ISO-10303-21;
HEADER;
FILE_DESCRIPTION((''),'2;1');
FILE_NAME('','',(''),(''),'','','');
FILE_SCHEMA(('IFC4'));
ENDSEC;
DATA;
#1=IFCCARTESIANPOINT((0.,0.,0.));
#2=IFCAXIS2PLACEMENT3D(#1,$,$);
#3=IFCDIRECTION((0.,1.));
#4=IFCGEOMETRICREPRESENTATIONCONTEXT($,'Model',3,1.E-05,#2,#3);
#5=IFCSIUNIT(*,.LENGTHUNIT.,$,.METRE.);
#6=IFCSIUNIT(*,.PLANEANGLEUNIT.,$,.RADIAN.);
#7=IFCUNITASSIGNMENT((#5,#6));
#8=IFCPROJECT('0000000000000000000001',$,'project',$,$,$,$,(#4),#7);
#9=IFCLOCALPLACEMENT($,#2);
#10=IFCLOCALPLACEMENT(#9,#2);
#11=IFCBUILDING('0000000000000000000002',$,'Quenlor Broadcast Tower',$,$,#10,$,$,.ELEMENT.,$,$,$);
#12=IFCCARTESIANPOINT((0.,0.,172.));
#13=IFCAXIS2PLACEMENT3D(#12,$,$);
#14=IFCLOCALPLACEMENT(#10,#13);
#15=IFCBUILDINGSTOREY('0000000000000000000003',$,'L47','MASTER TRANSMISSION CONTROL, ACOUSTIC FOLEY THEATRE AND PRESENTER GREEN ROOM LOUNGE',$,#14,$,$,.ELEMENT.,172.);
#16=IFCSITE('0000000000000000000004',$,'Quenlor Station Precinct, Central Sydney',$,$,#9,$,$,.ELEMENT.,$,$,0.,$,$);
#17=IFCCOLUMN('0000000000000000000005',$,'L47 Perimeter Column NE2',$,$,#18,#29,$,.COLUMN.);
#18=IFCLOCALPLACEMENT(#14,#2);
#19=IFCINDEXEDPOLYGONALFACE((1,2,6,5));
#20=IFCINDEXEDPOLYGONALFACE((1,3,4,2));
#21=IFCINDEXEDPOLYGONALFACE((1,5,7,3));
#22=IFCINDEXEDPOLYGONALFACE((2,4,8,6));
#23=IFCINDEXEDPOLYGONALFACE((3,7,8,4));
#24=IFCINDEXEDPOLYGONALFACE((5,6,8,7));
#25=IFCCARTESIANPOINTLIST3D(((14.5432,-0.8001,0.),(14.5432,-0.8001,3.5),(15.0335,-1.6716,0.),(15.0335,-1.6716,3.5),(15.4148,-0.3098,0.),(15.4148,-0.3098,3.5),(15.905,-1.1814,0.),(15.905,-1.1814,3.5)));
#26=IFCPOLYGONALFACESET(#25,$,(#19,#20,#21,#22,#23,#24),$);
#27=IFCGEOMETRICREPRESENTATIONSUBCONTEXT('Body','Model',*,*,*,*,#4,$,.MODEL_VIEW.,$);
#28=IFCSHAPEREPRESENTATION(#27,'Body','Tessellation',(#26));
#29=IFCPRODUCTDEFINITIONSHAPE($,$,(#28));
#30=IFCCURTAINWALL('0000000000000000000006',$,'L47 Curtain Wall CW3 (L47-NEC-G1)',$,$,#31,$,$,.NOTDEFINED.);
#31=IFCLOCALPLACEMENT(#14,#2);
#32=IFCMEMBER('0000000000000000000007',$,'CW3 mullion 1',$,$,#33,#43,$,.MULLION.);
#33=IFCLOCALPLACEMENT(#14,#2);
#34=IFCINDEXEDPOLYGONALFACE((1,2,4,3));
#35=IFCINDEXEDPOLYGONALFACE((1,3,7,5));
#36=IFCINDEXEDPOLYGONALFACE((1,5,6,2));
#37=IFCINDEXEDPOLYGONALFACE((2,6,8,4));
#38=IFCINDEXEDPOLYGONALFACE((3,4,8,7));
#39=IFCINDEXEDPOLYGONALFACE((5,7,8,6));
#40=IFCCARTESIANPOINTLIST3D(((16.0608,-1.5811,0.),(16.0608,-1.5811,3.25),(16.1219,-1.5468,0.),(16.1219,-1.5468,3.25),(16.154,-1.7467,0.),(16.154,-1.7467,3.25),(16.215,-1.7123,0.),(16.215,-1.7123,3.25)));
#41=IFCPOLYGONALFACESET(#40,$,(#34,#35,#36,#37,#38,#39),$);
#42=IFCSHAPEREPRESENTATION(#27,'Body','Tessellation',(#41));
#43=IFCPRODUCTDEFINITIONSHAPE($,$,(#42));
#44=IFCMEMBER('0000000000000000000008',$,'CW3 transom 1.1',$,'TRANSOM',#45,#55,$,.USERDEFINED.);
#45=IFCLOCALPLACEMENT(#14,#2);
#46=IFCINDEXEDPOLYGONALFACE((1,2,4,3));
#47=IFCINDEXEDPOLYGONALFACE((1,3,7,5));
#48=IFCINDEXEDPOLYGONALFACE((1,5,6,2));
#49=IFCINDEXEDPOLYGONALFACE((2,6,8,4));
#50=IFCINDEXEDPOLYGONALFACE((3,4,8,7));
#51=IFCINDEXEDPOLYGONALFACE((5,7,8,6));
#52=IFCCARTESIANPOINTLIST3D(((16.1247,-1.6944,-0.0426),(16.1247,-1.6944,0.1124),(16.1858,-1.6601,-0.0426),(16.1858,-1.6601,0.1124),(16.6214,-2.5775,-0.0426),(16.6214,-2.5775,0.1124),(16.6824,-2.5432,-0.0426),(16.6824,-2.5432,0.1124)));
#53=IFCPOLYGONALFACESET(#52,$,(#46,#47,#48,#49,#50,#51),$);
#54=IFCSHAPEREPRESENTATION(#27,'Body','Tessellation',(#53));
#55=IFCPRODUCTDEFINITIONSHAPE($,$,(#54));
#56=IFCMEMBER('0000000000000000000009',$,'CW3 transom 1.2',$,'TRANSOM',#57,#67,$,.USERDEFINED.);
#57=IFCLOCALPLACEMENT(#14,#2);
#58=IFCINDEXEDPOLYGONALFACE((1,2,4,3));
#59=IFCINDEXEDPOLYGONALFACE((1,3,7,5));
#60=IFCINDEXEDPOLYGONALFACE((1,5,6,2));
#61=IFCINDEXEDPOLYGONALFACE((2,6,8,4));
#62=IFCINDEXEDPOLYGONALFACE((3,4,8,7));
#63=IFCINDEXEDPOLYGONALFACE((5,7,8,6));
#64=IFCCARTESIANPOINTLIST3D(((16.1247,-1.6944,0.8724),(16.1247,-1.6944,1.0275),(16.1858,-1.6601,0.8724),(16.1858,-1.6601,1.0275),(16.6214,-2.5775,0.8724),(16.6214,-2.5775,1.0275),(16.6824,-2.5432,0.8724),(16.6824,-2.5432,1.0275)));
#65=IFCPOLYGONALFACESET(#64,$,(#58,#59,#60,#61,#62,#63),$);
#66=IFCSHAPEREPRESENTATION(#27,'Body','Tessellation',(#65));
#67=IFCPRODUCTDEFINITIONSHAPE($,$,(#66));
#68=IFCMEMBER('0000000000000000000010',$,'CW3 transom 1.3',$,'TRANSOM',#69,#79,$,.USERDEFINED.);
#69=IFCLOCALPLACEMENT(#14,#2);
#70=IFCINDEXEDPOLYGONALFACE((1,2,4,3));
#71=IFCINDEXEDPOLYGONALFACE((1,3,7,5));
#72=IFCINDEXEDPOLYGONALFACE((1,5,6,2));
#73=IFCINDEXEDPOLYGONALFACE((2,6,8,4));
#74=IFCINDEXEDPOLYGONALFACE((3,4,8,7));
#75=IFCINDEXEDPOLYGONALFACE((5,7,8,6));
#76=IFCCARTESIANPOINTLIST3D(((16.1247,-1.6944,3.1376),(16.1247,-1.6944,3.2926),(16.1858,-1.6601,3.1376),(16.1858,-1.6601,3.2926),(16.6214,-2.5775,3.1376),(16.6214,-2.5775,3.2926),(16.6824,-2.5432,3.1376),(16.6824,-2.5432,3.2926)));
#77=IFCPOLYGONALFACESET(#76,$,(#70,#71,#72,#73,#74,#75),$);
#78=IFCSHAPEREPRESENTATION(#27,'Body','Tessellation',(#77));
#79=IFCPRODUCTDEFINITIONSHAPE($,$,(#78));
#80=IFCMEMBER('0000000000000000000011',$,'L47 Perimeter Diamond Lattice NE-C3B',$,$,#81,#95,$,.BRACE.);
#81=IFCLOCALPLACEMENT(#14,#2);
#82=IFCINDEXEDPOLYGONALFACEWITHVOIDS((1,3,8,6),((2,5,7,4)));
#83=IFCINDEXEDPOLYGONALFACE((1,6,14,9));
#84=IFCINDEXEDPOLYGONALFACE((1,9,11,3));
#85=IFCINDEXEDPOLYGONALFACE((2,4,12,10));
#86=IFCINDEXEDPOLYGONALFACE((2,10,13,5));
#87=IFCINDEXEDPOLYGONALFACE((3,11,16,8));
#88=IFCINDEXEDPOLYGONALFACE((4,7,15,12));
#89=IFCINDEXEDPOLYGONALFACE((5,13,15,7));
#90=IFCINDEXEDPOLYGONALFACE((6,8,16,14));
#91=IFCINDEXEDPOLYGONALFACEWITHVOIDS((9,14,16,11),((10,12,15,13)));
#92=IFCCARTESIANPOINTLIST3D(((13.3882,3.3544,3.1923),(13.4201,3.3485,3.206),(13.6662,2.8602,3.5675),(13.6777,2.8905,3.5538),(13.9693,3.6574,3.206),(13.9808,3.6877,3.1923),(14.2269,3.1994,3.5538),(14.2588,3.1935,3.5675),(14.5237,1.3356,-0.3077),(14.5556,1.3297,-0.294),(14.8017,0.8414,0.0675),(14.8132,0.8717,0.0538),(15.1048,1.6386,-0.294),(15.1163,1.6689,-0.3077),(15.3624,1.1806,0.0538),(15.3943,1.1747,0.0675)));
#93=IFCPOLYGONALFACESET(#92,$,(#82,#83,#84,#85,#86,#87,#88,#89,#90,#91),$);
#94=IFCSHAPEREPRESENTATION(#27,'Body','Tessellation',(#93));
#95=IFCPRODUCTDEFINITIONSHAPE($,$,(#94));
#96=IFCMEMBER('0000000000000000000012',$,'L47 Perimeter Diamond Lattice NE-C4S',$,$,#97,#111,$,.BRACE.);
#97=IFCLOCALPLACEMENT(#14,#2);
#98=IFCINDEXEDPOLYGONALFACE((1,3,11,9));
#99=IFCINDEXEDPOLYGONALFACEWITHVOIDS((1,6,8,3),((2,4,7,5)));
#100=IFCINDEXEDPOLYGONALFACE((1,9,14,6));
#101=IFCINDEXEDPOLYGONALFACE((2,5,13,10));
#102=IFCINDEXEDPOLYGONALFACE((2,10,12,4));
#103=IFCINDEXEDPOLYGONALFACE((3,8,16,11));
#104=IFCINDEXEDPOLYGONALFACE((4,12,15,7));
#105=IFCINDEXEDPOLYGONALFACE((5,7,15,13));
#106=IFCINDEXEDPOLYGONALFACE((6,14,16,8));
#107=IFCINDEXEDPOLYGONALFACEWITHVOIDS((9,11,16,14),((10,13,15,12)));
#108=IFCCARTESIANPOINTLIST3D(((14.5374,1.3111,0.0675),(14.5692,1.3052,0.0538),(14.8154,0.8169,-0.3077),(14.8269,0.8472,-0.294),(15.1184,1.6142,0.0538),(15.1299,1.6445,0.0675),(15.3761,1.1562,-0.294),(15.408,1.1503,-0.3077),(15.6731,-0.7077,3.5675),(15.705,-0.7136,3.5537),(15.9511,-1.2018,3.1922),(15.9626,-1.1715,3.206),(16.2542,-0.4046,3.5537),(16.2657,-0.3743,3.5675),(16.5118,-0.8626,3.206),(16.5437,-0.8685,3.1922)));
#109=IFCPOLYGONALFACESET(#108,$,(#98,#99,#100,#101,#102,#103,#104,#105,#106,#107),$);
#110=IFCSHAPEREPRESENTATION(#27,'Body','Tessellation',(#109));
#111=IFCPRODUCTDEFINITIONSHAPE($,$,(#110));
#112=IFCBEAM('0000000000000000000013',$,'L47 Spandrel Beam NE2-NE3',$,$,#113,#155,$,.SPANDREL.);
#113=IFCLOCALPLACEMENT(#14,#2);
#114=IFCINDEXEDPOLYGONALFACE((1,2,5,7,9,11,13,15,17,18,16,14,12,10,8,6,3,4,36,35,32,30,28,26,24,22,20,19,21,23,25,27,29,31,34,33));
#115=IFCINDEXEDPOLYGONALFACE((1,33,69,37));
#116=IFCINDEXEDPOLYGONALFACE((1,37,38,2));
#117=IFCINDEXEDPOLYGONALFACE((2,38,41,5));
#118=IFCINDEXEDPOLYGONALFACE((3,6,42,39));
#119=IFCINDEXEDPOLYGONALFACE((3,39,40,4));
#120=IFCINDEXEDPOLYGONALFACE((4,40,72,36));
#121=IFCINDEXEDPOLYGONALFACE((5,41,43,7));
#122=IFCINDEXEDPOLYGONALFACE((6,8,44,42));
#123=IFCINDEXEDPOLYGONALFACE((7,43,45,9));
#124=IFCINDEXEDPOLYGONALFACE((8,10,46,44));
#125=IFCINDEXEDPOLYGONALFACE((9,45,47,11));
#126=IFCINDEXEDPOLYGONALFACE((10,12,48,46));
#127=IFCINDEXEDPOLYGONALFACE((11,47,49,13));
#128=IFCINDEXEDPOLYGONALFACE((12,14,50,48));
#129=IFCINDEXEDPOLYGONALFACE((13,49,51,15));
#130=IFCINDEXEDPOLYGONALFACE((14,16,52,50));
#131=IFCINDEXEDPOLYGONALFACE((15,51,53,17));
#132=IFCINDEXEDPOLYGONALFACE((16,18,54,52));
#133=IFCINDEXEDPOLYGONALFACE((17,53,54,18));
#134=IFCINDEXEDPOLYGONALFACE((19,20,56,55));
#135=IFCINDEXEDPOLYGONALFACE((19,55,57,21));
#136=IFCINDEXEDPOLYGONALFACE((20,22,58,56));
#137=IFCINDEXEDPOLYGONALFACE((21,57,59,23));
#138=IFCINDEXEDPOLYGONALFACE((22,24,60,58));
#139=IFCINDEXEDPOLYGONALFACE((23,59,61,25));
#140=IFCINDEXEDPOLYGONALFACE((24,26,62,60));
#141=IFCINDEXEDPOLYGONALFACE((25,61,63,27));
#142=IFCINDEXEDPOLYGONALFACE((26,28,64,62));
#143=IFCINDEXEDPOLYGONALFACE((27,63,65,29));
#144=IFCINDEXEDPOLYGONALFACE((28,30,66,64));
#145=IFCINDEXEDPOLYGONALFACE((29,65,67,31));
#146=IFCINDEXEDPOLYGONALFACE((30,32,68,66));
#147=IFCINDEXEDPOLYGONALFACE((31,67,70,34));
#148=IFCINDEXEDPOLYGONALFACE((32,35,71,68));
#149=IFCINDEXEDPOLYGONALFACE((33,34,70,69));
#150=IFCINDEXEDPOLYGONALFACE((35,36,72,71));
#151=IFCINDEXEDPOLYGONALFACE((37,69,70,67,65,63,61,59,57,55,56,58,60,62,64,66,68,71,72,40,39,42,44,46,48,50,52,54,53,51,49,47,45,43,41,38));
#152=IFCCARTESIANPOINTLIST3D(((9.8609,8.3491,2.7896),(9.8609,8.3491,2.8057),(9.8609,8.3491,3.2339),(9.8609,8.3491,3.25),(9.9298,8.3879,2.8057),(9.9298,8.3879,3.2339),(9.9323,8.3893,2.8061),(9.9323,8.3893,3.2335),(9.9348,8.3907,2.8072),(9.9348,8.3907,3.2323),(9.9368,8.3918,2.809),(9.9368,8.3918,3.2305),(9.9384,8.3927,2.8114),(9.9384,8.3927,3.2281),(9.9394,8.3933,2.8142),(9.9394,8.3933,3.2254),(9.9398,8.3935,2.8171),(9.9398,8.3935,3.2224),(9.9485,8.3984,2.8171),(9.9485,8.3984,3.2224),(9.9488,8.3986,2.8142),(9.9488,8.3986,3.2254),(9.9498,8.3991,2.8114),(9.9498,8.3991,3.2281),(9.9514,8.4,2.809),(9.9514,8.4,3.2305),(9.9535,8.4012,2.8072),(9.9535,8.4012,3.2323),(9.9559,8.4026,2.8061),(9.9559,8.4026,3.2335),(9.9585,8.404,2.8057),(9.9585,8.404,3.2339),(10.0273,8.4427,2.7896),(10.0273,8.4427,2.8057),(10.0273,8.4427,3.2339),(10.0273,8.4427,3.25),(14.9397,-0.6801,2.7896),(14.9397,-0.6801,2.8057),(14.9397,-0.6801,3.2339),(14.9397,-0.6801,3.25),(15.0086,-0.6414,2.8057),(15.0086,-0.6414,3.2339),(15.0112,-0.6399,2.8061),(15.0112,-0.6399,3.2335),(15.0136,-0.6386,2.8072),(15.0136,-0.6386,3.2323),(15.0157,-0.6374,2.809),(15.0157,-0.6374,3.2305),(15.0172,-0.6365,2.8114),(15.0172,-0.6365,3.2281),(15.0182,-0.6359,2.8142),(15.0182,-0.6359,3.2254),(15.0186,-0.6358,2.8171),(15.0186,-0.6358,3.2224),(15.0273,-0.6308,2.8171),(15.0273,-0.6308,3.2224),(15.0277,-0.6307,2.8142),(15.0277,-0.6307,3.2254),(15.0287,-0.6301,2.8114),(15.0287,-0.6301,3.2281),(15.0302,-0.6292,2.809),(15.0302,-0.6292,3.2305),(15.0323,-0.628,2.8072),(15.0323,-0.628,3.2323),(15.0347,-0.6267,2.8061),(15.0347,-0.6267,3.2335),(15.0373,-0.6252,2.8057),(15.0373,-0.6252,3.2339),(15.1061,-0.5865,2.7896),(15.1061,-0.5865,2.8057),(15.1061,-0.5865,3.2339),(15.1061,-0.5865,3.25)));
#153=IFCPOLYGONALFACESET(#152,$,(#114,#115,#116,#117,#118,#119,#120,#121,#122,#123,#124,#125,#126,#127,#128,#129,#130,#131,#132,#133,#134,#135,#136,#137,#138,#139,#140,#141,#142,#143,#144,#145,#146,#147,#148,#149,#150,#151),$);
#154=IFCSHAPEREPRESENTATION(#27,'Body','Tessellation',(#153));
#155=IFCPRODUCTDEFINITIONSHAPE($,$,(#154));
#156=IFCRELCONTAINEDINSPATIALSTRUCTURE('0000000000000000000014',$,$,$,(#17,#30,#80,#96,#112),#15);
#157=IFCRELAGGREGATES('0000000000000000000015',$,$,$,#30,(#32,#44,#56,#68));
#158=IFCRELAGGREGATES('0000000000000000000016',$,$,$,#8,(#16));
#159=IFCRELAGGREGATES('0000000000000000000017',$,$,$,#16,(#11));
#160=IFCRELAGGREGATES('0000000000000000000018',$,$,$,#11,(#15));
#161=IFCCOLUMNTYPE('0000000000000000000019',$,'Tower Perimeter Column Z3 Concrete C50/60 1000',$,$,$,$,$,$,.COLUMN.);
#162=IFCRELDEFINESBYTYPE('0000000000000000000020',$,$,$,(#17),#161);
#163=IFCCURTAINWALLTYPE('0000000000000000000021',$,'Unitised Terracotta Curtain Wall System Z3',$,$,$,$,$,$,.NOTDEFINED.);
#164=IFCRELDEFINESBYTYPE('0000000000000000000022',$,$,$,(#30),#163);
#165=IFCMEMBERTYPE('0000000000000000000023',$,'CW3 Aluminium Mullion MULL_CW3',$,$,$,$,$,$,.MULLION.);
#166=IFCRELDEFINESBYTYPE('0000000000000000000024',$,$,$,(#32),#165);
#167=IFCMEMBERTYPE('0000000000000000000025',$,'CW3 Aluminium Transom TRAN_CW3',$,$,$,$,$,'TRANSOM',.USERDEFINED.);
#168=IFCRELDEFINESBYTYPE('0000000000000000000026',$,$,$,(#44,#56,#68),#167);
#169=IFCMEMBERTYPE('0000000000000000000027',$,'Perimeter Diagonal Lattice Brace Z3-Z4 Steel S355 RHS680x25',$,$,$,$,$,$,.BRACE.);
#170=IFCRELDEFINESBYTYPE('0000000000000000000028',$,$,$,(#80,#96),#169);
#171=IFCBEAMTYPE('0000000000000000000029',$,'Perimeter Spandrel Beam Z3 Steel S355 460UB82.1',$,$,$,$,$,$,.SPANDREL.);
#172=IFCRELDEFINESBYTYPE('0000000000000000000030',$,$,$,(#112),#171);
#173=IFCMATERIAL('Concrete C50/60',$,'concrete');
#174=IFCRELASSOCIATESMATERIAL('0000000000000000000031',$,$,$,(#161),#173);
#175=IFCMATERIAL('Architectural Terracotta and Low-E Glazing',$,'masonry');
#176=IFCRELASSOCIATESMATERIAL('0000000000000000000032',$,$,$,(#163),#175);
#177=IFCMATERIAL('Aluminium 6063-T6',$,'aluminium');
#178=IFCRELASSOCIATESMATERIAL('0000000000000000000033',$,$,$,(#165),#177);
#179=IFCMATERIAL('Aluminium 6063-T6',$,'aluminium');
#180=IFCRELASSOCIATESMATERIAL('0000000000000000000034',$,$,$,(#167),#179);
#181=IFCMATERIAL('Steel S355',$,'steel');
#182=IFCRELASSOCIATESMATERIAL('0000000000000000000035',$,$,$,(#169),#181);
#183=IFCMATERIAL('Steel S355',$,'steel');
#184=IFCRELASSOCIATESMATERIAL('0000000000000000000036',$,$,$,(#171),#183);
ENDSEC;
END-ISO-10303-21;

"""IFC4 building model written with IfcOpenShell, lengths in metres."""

from ifc_helpers import new_model, si_unit, direction, frame, origin, origin_2d, place, context, subcontext, project, spatial, rectangle, hollow_rectangle, i_section, extrude, material, material_profile, profile_set, type_object, element, aggregate, save


model = new_model("IFC4")

# Units and contexts
model_context = context("Model", 3, precision=1e-05, world=origin(), true_north=direction((0.0, 1.0)))
body_context = subcontext(model_context, "Body", "Model", "MODEL_VIEW")
ifc_project = project(units=[si_unit("LENGTHUNIT", "METRE"), si_unit("PLANEANGLEUNIT", "RADIAN")], contexts=[model_context])

# Site, building, storey
site_placement = place(None, origin())
site = spatial("IfcSite", under=ifc_project, at=site_placement, Name="Quenlor Station Precinct, Central Sydney", CompositionType="ELEMENT", RefElevation=0.0)
building_placement = place(site_placement, origin())
building = spatial("IfcBuilding", under=site, at=building_placement, Name="Quenlor Broadcast Tower", CompositionType="ELEMENT")
storey_placement = place(building_placement, frame((0.0, 0.0, 172.0)))
storey = spatial("IfcBuildingStorey", under=building, at=storey_placement, Name="L47", Description="MASTER TRANSMISSION CONTROL, ACOUSTIC FOLEY THEATRE AND PRESENTER GREEN ROOM LOUNGE", CompositionType="ELEMENT", Elevation=172.0)

# Column
ifc_material_1 = material(Name="Concrete C50/60", Category="concrete")
ifc_material_profile_1 = material_profile(ifc_material_1, rectangle(XDim=1.0, YDim=1.0, at=origin_2d()))
ifc_profile_set_1 = profile_set([ifc_material_profile_1], Name="Concrete C50/60 RC1000x1000")
column_type = type_object("IfcColumnType", Name="Tower Perimeter Column Z3 Concrete C50/60 1000", PredefinedType="COLUMN", material=ifc_profile_set_1)
column_placement = place(storey_placement, frame((15.2241, -0.9907, 0.0), z_axis=(0.0, 0.0, 1.0), x_axis=(0.871575, 0.490262, 0.0)))
element("IfcColumn", 1, at=column_placement, inside=storey, type_object=column_type, Name="L47 Perimeter Column NE2", PredefinedType="COLUMN", context=body_context, shape_type="SweptSolid", body=[
    extrude(rectangle(XDim=1.0, YDim=1.0, at=origin_2d()), origin(), (0.0, 0.0, 1.0), 3.5),
])

# Curtain wall, members
ifc_material_2 = material(Name="Architectural Terracotta and Low-E Glazing", Category="masonry")
curtain_wall_type = type_object("IfcCurtainWallType", Name="Unitised Terracotta Curtain Wall System Z3", PredefinedType="NOTDEFINED", material=ifc_material_2)
curtain_wall_placement = place(storey_placement, origin())
curtain_wall = element("IfcCurtainWall", 2, at=curtain_wall_placement, inside=storey, type_object=curtain_wall_type, Name="L47 Curtain Wall CW3 (L47-NEC-G1)", PredefinedType="NOTDEFINED")
ifc_material_3 = material(Name="Aluminium 6063-T6", Category="aluminium")
ifc_material_profile_2 = material_profile(ifc_material_3, rectangle(XDim=0.0701, YDim=0.1899, at=origin_2d()))
ifc_profile_set_2 = profile_set([ifc_material_profile_2], Name="Aluminium 6063-T6 MULL70x190")
member_type_1 = type_object("IfcMemberType", Name="CW3 Aluminium Mullion MULL_CW3", PredefinedType="MULLION", material=ifc_profile_set_2)
member_1_placement = place(storey_placement, frame((16.1379, -1.6467, 0.0), z_axis=(0.0, 0.0, 1.0), x_axis=(0.87158, 0.490253, 0.0)))
member_1 = element("IfcMember", 3, at=member_1_placement, type_object=member_type_1, Name="CW3 mullion 1", PredefinedType="MULLION", context=body_context, shape_type="SweptSolid", body=[
    extrude(rectangle(XDim=0.0701, YDim=0.1899, at=origin_2d()), origin(), (0.0, 0.0, 1.0), 3.25),
])
ifc_material_4 = material(Name="Aluminium 6063-T6", Category="aluminium")
ifc_material_profile_3 = material_profile(ifc_material_4, rectangle(XDim=0.0701, YDim=0.155, at=origin_2d()))
ifc_profile_set_3 = profile_set([ifc_material_profile_3], Name="Aluminium 6063-T6 TRAN70x155")
member_type_2 = type_object("IfcMemberType", Name="CW3 Aluminium Transom TRAN_CW3", ElementType="TRANSOM", PredefinedType="USERDEFINED", material=ifc_profile_set_3)
member_2_placement = place(storey_placement, frame((16.1553, -1.6772, 0.0349), z_axis=(0.490158, -0.871633, 0.0), x_axis=(0.871633, 0.490158, 0.0)))
member_2 = element("IfcMember", 4, at=member_2_placement, type_object=member_type_2, Name="CW3 transom 1.1", ObjectType="TRANSOM", PredefinedType="USERDEFINED", context=body_context, shape_type="SweptSolid", body=[
    extrude(rectangle(XDim=0.0701, YDim=0.155, at=origin_2d()), origin(), (0.0, 0.0, 1.0), 1.0132),
])
member_3_placement = place(storey_placement, frame((16.1553, -1.6772, 0.95), z_axis=(0.490158, -0.871633, 0.0), x_axis=(0.871633, 0.490158, 0.0)))
member_3 = element("IfcMember", 5, at=member_3_placement, type_object=member_type_2, Name="CW3 transom 1.2", ObjectType="TRANSOM", PredefinedType="USERDEFINED", context=body_context, shape_type="SweptSolid", body=[
    extrude(rectangle(XDim=0.0701, YDim=0.155, at=origin_2d()), origin(), (0.0, 0.0, 1.0), 1.0132),
])
member_4_placement = place(storey_placement, frame((16.1553, -1.6772, 3.2151), z_axis=(0.490158, -0.871633, 0.0), x_axis=(0.871633, 0.490158, 0.0)))
member_4 = element("IfcMember", 6, at=member_4_placement, type_object=member_type_2, Name="CW3 transom 1.3", ObjectType="TRANSOM", PredefinedType="USERDEFINED", context=body_context, shape_type="SweptSolid", body=[
    extrude(rectangle(XDim=0.0701, YDim=0.155, at=origin_2d()), origin(), (0.0, 0.0, 1.0), 1.0132),
])

# Members
ifc_material_5 = material(Name="Steel S355", Category="steel")
ifc_material_profile_4 = material_profile(ifc_material_5, hollow_rectangle(XDim=0.6799, YDim=0.6799, WallThickness=0.0249, at=origin_2d()))
ifc_profile_set_4 = profile_set([ifc_material_profile_4], Name="Steel S355 RHS680x680x25")
member_type_3 = type_object("IfcMemberType", Name="Perimeter Diagonal Lattice Brace Z3-Z4 Steel S355 RHS680x25", PredefinedType="BRACE", material=ifc_profile_set_4)
for number, where, z_axis, x_axis, name in (
    (7, (14.959, 1.2551, -0.1201), (-0.270549, 0.481009, 0.833927), (-0.87159, -0.490236, 0.0), "L47 Perimeter Diamond Lattice NE-C3B"),
    (8, (14.9727, 1.2307, -0.1201), (0.270603, -0.481001, 0.833914), (0.871545, 0.490316, 0.0), "L47 Perimeter Diamond Lattice NE-C4S"),
):
    element("IfcMember", number, at=place(storey_placement, frame(where, z_axis=z_axis, x_axis=x_axis)), inside=storey, type_object=member_type_3, Name=name, PredefinedType="BRACE", context=body_context, shape_type="SweptSolid", body=[
        extrude(hollow_rectangle(XDim=0.6799, YDim=0.6799, WallThickness=0.0249, at=origin_2d()), origin(), (0.0, 0.0, 1.0), 4.197),
    ])

# Beam
ifc_material_6 = material(Name="Steel S355", Category="steel")
ifc_material_profile_5 = material_profile(ifc_material_6, i_section(OverallWidth=0.1909, OverallDepth=0.4604, WebThickness=0.01, FlangeThickness=0.0161, FilletRadius=0.0115, at=origin_2d()))
ifc_profile_set_5 = profile_set([ifc_material_profile_5], Name="Steel S355 460UB82.1")
beam_type_1 = type_object("IfcBeamType", Name="Perimeter Spandrel Beam Z3 Steel S355 460UB82.1", PredefinedType="SPANDREL", material=ifc_profile_set_5)
beam_1_placement = place(storey_placement, frame((15.0229, -0.6333, 3.0198), z_axis=(-0.490252, 0.871581, 0.0), x_axis=(-0.871581, -0.490252, 0.0)))
element("IfcBeam", 9, at=beam_1_placement, inside=storey, type_object=beam_type_1, Name="L47 Spandrel Beam NE2-NE3", PredefinedType="SPANDREL", context=body_context, shape_type="SweptSolid", body=[
    extrude(i_section(OverallWidth=0.1909, OverallDepth=0.4604, WebThickness=0.01, FlangeThickness=0.0161, FilletRadius=0.0115, at=origin_2d()), origin(), (0.0, 0.0, 1.0), 10.3596),
])

aggregate(curtain_wall, [member_1, member_2, member_3, member_4])

save(model, "model.ifc")
